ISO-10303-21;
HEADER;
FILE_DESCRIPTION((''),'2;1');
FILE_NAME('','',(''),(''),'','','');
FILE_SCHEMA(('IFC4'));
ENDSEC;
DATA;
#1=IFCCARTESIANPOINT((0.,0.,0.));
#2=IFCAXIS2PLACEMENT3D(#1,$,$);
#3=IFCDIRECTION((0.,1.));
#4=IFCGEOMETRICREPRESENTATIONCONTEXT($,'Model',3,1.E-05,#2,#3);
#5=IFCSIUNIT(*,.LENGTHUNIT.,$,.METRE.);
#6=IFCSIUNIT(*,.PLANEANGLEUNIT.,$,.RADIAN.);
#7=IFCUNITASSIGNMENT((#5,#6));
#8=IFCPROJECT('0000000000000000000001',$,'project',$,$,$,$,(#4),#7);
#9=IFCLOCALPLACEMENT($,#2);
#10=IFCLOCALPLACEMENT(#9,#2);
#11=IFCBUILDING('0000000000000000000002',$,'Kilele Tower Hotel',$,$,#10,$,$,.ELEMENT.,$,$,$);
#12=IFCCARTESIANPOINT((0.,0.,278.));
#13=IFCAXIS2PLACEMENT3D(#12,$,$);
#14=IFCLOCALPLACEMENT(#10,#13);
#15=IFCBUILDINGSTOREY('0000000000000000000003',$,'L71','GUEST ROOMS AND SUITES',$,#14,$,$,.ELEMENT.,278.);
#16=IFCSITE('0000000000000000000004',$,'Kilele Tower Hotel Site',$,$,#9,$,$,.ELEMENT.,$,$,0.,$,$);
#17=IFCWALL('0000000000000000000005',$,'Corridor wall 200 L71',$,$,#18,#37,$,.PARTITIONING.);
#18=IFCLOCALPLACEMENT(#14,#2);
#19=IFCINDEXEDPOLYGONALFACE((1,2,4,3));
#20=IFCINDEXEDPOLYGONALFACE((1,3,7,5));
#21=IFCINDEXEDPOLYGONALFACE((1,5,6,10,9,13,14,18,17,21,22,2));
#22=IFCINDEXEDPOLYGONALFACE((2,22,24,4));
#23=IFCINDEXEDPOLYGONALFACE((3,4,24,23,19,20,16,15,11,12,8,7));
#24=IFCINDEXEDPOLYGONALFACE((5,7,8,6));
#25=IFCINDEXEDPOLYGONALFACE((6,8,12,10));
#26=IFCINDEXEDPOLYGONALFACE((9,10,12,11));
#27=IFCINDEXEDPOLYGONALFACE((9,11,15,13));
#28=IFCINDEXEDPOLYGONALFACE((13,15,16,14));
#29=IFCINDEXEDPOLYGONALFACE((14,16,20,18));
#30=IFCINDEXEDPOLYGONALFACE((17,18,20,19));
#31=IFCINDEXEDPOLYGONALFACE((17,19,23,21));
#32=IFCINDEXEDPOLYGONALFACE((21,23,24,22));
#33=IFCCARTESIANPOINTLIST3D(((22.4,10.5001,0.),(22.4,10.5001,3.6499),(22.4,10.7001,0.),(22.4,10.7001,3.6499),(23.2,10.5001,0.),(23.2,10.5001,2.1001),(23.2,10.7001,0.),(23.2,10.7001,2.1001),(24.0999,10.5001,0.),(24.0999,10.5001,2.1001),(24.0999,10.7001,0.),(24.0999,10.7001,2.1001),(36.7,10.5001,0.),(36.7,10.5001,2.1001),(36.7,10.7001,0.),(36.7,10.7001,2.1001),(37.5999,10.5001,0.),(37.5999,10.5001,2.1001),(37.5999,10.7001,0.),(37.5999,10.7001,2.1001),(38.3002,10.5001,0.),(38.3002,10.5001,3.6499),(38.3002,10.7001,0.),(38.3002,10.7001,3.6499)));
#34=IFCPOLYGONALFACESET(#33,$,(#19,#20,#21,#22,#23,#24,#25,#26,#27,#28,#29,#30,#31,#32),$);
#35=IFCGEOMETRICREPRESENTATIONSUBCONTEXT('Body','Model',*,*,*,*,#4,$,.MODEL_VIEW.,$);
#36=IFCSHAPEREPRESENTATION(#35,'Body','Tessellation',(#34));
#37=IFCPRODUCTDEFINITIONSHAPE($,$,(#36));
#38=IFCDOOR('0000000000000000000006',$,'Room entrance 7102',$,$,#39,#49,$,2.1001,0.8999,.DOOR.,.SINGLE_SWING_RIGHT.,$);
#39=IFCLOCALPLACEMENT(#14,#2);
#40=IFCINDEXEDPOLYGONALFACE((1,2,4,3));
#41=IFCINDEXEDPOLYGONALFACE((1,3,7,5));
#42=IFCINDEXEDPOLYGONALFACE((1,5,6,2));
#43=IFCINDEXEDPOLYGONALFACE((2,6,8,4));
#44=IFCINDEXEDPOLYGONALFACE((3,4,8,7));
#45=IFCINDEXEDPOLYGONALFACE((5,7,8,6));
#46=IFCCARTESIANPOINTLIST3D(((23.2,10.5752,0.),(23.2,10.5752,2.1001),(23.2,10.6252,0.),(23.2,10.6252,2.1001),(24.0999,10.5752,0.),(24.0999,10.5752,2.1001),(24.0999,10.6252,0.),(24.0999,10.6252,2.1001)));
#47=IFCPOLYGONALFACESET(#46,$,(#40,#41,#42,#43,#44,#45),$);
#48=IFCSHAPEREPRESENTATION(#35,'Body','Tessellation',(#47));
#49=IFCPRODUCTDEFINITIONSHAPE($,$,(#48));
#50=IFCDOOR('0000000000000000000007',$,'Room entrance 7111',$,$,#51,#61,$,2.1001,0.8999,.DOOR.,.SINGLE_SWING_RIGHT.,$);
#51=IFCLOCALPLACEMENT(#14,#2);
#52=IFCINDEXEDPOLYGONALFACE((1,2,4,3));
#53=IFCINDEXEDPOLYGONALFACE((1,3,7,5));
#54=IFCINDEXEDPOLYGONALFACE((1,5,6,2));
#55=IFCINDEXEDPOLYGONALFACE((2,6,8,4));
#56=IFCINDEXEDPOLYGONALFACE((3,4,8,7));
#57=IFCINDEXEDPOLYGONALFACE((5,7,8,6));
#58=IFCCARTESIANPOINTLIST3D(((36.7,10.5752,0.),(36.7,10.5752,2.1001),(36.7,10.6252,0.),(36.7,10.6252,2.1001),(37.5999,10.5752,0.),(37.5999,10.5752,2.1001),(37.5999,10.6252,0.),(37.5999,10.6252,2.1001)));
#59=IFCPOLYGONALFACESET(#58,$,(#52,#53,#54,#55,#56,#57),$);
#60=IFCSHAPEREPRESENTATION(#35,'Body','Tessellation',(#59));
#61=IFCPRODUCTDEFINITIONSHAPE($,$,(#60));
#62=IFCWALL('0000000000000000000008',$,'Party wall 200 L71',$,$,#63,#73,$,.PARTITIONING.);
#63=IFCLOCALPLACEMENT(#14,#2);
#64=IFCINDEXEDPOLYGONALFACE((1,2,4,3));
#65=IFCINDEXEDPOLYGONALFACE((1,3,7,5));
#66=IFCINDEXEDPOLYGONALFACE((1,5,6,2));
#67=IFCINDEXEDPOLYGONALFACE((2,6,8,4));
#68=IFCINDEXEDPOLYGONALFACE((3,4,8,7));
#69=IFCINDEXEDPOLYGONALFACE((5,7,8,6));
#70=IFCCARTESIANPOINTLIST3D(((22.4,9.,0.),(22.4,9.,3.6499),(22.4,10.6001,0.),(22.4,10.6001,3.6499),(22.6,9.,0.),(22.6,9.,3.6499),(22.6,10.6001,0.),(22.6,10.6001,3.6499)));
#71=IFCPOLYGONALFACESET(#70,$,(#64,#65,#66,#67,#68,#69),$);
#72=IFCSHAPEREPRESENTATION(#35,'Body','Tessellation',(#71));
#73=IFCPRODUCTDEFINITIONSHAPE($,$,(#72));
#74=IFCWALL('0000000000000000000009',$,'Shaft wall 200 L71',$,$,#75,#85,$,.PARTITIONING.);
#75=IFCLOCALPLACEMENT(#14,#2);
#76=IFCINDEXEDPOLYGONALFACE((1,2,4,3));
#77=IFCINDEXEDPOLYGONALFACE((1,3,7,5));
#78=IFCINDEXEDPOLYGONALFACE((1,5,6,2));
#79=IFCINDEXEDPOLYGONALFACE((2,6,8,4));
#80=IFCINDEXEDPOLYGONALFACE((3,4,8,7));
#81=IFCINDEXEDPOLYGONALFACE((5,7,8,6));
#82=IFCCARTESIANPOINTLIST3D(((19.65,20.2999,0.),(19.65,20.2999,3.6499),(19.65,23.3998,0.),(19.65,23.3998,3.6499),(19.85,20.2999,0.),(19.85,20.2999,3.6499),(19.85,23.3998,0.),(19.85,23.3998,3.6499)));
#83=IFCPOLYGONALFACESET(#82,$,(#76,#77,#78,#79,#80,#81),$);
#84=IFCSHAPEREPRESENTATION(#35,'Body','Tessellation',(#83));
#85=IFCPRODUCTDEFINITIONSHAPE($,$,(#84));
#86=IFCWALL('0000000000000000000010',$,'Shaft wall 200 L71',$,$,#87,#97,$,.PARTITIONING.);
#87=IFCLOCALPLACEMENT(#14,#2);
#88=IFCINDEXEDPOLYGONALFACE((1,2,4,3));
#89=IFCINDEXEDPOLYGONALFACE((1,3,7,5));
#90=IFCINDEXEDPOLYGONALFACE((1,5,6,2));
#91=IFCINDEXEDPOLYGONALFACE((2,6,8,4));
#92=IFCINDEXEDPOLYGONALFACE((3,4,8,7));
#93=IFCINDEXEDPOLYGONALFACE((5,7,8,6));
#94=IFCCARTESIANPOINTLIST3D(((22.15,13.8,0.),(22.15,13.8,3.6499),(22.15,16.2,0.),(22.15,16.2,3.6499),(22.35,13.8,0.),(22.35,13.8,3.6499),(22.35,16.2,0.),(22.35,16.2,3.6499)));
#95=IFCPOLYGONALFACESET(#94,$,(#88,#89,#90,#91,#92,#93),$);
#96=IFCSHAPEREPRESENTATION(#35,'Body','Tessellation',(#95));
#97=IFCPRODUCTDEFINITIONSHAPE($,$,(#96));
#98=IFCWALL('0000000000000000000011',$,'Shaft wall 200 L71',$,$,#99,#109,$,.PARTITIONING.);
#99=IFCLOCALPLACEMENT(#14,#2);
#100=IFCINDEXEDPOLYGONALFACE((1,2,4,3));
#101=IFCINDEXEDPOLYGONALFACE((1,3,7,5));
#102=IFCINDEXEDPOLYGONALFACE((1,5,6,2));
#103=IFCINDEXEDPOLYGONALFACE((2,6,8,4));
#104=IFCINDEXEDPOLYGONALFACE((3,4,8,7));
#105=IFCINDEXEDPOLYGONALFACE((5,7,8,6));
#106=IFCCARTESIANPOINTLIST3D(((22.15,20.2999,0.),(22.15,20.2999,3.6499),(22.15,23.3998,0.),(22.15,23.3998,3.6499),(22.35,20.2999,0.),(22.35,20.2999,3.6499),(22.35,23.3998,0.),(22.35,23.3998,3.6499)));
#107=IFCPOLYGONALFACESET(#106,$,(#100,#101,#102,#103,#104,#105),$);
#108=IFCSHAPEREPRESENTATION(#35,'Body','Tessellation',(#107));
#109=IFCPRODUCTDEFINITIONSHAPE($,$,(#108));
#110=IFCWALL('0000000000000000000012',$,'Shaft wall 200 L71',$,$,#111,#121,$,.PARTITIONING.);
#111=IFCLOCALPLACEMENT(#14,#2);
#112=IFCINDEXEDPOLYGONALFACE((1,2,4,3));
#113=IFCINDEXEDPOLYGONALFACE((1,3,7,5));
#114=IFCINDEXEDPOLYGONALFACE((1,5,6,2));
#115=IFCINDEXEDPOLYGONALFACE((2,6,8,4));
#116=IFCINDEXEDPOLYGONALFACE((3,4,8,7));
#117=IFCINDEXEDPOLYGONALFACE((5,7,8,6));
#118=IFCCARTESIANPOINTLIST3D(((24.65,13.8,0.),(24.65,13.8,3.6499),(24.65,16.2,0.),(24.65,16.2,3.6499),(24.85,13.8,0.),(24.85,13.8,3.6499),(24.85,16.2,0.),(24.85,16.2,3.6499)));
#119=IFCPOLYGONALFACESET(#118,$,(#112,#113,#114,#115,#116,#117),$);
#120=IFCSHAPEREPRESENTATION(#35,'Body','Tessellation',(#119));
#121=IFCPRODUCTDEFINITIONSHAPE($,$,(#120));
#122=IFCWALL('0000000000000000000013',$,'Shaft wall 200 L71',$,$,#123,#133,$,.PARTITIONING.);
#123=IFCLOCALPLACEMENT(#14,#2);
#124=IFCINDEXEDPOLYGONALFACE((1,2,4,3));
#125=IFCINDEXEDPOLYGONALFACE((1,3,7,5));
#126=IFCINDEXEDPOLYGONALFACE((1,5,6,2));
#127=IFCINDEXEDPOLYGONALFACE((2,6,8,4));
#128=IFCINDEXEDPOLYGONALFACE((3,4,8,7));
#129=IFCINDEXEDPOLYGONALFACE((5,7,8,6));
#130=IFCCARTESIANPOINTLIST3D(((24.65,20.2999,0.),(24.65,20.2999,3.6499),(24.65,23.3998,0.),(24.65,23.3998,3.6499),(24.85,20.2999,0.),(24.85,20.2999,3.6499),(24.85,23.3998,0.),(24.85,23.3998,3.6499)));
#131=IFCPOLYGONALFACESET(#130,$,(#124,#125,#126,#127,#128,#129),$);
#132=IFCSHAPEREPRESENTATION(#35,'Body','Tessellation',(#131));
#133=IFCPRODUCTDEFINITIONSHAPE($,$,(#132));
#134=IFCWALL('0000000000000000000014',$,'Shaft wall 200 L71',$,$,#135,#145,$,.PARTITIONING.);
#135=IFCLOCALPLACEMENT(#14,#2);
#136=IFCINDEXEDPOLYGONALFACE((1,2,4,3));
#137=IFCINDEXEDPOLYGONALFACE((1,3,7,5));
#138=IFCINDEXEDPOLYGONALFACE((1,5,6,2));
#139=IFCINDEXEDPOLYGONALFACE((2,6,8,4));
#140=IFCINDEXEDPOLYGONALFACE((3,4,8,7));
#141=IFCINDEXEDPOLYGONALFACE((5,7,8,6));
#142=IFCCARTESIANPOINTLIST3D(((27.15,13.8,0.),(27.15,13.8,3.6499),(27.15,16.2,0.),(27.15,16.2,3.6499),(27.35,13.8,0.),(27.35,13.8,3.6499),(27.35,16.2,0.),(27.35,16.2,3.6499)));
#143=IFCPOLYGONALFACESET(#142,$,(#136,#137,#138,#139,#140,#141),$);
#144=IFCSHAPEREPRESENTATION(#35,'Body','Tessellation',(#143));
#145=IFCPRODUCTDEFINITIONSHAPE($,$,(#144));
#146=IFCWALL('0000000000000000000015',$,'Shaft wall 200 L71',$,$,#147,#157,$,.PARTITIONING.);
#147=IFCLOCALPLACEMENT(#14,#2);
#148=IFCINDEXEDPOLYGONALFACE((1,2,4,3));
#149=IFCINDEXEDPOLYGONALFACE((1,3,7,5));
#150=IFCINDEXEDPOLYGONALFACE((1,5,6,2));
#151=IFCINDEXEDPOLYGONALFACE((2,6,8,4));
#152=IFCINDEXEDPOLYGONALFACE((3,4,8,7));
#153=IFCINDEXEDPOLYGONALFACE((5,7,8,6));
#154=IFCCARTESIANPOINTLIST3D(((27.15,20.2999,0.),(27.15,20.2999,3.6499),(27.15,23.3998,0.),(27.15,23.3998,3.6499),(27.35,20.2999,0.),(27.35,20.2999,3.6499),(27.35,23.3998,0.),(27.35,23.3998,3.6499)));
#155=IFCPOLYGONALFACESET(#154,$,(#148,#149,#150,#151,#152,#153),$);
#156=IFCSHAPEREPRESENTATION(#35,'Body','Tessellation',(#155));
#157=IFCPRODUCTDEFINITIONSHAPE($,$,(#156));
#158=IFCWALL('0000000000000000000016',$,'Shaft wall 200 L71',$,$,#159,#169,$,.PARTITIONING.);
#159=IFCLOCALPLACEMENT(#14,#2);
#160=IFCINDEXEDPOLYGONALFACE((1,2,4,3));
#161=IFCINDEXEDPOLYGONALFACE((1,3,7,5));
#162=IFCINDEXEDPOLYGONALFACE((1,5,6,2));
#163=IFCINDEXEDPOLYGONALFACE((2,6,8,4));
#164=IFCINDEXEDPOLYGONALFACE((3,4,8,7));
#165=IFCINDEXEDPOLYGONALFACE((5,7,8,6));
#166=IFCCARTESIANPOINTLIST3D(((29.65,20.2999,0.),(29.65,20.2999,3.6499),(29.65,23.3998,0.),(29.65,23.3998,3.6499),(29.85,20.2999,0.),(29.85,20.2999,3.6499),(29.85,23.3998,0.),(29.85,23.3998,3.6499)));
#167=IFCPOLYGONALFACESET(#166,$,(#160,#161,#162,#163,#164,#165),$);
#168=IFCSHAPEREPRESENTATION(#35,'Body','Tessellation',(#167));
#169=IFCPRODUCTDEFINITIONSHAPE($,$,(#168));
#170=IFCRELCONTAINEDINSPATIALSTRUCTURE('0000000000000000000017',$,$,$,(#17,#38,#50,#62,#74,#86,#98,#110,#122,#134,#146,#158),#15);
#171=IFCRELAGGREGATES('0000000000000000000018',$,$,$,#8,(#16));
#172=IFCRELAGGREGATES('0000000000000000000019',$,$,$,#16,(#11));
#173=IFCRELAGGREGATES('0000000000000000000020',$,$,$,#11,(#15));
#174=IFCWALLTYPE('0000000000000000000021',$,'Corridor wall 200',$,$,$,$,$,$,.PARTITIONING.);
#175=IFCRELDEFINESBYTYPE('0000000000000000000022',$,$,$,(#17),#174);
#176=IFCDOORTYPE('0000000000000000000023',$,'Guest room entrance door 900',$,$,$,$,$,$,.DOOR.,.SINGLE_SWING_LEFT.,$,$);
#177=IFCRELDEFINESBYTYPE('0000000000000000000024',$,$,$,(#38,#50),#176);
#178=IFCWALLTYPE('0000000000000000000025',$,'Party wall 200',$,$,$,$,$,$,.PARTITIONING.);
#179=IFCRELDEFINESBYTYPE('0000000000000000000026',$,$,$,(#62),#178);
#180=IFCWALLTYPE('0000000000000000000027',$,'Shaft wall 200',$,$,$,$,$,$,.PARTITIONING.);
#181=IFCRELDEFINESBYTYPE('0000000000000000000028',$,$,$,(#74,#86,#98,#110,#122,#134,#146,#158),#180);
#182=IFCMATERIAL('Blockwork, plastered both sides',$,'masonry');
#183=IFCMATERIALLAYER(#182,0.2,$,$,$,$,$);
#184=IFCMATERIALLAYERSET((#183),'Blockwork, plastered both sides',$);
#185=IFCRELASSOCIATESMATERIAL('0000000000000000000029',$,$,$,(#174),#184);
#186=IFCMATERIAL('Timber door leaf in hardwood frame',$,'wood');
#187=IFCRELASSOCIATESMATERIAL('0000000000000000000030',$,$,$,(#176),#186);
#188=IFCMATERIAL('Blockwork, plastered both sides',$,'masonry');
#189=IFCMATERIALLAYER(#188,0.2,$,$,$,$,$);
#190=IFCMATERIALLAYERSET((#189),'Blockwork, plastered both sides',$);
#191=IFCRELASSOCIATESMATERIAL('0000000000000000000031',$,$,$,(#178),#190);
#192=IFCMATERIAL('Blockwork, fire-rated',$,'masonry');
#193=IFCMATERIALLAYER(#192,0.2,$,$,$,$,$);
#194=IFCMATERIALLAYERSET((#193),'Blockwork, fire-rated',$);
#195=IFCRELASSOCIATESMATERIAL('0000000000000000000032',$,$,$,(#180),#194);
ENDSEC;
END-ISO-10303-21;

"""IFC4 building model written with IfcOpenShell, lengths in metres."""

from ifc_helpers import new_model, si_unit, direction, frame, frame_2d, origin, place, context, subcontext, project, spatial, rectangle, extrude, material, layer, layer_set, type_object, element, fill, save


model = new_model("IFC4")

# Units and contexts
model_context = context("Model", 3, precision=1e-05, world=origin(), true_north=direction((0.0, 1.0)))
body_context = subcontext(model_context, "Body", "Model", "MODEL_VIEW")
ifc_project = project(units=[si_unit("LENGTHUNIT", "METRE"), si_unit("PLANEANGLEUNIT", "RADIAN")], contexts=[model_context])

# Site, building, storey
site_placement = place(None, origin())
site = spatial("IfcSite", under=ifc_project, at=site_placement, Name="Kilele Tower Hotel Site", CompositionType="ELEMENT", RefElevation=0.0)
building_placement = place(site_placement, origin())
building = spatial("IfcBuilding", under=site, at=building_placement, Name="Kilele Tower Hotel", CompositionType="ELEMENT")
storey_placement = place(building_placement, frame((0.0, 0.0, 278.0)))
storey = spatial("IfcBuildingStorey", under=building, at=storey_placement, Name="L71", Description="GUEST ROOMS AND SUITES", CompositionType="ELEMENT", Elevation=278.0)

# Wall, openings, doors
ifc_material_1 = material(Name="Blockwork, plastered both sides", Category="masonry")
ifc_layer_1 = layer(ifc_material_1, 0.2)
ifc_layer_set_1 = layer_set([ifc_layer_1], Name="Blockwork, plastered both sides")
wall_type_1 = type_object("IfcWallType", Name="Corridor wall 200", PredefinedType="PARTITIONING", material=ifc_layer_set_1)
wall_1_placement = place(storey_placement, frame((22.3999, 10.6001, 0.0), z_axis=(0.0, 0.0, 1.0), x_axis=(1.0, 0.0, 0.0)))
wall_1 = element("IfcWall", 1, at=wall_1_placement, inside=storey, type_object=wall_type_1, Name="Corridor wall 200 L71", PredefinedType="PARTITIONING", context=body_context, shape_type="SweptSolid", body=[
    extrude(rectangle(XDim=15.9001, YDim=0.2, at=frame_2d((7.9502, 0.0))), origin(), (0.0, 0.0, 1.0), 3.6499),
])
opening_1_placement = place(wall_1_placement, frame((1.7, 0.0, 0.0), z_axis=(0.0, 0.0, 1.0), x_axis=(-1.0, 0.0, 0.0)))
opening_1 = element("IfcOpeningElement", 2, at=opening_1_placement, cuts=wall_1, PredefinedType="OPENING", context=body_context, shape_type="SweptSolid", body=[
    extrude(rectangle(XDim=0.8999, YDim=2.1001, at=frame_2d((0.45, 1.05))), frame((0.0, 0.1099, 0.0), z_axis=(0.0, -1.0, 0.0), x_axis=(1.0, 0.0, 0.0)), (0.0, 0.0, 1.0), 0.22),
])
opening_2_placement = place(wall_1_placement, frame((15.2, 0.0, 0.0), z_axis=(0.0, 0.0, 1.0), x_axis=(-1.0, 0.0, 0.0)))
opening_2 = element("IfcOpeningElement", 3, at=opening_2_placement, cuts=wall_1, PredefinedType="OPENING", context=body_context, shape_type="SweptSolid", body=[
    extrude(rectangle(XDim=0.8999, YDim=2.1001, at=frame_2d((0.45, 1.05))), frame((0.0, 0.1099, 0.0), z_axis=(0.0, -1.0, 0.0), x_axis=(1.0, 0.0, 0.0)), (0.0, 0.0, 1.0), 0.22),
])
ifc_material_2 = material(Name="Timber door leaf in hardwood frame", Category="wood")
door_type_1 = type_object("IfcDoorType", Name="Guest room entrance door 900", OperationType="SINGLE_SWING_LEFT", PredefinedType="DOOR", material=ifc_material_2)
door_1_placement = place(opening_1_placement, origin())
door_1 = element("IfcDoor", 4, at=door_1_placement, inside=storey, type_object=door_type_1, Name="Room entrance 7102", OperationType="SINGLE_SWING_RIGHT", OverallHeight=2.1001, OverallWidth=0.8999, PredefinedType="DOOR", context=body_context, shape_type="SweptSolid", body=[
    extrude(rectangle(XDim=0.8999, YDim=2.1001, at=frame_2d((0.45, 1.05))), frame((0.0, 0.0249, 0.0), z_axis=(0.0, -1.0, 0.0), x_axis=(1.0, 0.0, 0.0)), (0.0, 0.0, 1.0), 0.05),
])
fill(opening_1, door_1)
door_2_placement = place(opening_2_placement, origin())
door_2 = element("IfcDoor", 5, at=door_2_placement, inside=storey, type_object=door_type_1, Name="Room entrance 7111", OperationType="SINGLE_SWING_RIGHT", OverallHeight=2.1001, OverallWidth=0.8999, PredefinedType="DOOR", context=body_context, shape_type="SweptSolid", body=[
    extrude(rectangle(XDim=0.8999, YDim=2.1001, at=frame_2d((0.45, 1.05))), frame((0.0, 0.0249, 0.0), z_axis=(0.0, -1.0, 0.0), x_axis=(1.0, 0.0, 0.0)), (0.0, 0.0, 1.0), 0.05),
])
fill(opening_2, door_2)

# Walls
ifc_material_3 = material(Name="Blockwork, plastered both sides", Category="masonry")
ifc_layer_2 = layer(ifc_material_3, 0.2)
ifc_layer_set_2 = layer_set([ifc_layer_2], Name="Blockwork, plastered both sides")
wall_type_2 = type_object("IfcWallType", Name="Party wall 200", PredefinedType="PARTITIONING", material=ifc_layer_set_2)
wall_2_placement = place(storey_placement, frame((22.5, 10.6001, 0.0), z_axis=(0.0, 0.0, 1.0), x_axis=(0.0, -1.0, 0.0)))
element("IfcWall", 6, at=wall_2_placement, inside=storey, type_object=wall_type_2, Name="Party wall 200 L71", PredefinedType="PARTITIONING", context=body_context, shape_type="SweptSolid", body=[
    extrude(rectangle(XDim=1.6001, YDim=0.2, at=frame_2d((0.8, 0.0))), origin(), (0.0, 0.0, 1.0), 3.6499),
])
ifc_material_4 = material(Name="Blockwork, fire-rated", Category="masonry")
ifc_layer_3 = layer(ifc_material_4, 0.2)
ifc_layer_set_3 = layer_set([ifc_layer_3], Name="Blockwork, fire-rated")
wall_type_3 = type_object("IfcWallType", Name="Shaft wall 200", PredefinedType="PARTITIONING", material=ifc_layer_set_3)
wall_3_placement = place(storey_placement, frame((19.75, 20.3, 0.0), z_axis=(0.0, 0.0, 1.0), x_axis=(0.0, 1.0, 0.0)))
element("IfcWall", 7, at=wall_3_placement, inside=storey, type_object=wall_type_3, Name="Shaft wall 200 L71", PredefinedType="PARTITIONING", context=body_context, shape_type="SweptSolid", body=[
    extrude(rectangle(XDim=3.0999, YDim=0.2, at=frame_2d((1.5498, 0.0))), origin(), (0.0, 0.0, 1.0), 3.6499),
])
wall_4_placement = place(storey_placement, frame((22.25, 13.8, 0.0), z_axis=(0.0, 0.0, 1.0), x_axis=(0.0, 1.0, 0.0)))
element("IfcWall", 8, at=wall_4_placement, inside=storey, type_object=wall_type_3, Name="Shaft wall 200 L71", PredefinedType="PARTITIONING", context=body_context, shape_type="SweptSolid", body=[
    extrude(rectangle(XDim=2.3999, YDim=0.2, at=frame_2d((1.2, 0.0))), origin(), (0.0, 0.0, 1.0), 3.6499),
])
wall_5_placement = place(storey_placement, frame((22.25, 20.3, 0.0), z_axis=(0.0, 0.0, 1.0), x_axis=(0.0, 1.0, 0.0)))
element("IfcWall", 9, at=wall_5_placement, inside=storey, type_object=wall_type_3, Name="Shaft wall 200 L71", PredefinedType="PARTITIONING", context=body_context, shape_type="SweptSolid", body=[
    extrude(rectangle(XDim=3.0999, YDim=0.2, at=frame_2d((1.5498, 0.0))), origin(), (0.0, 0.0, 1.0), 3.6499),
])
wall_6_placement = place(storey_placement, frame((24.75, 13.8, 0.0), z_axis=(0.0, 0.0, 1.0), x_axis=(0.0, 1.0, 0.0)))
element("IfcWall", 10, at=wall_6_placement, inside=storey, type_object=wall_type_3, Name="Shaft wall 200 L71", PredefinedType="PARTITIONING", context=body_context, shape_type="SweptSolid", body=[
    extrude(rectangle(XDim=2.3999, YDim=0.2, at=frame_2d((1.2, 0.0))), origin(), (0.0, 0.0, 1.0), 3.6499),
])
wall_7_placement = place(storey_placement, frame((24.75, 20.3, 0.0), z_axis=(0.0, 0.0, 1.0), x_axis=(0.0, 1.0, 0.0)))
element("IfcWall", 11, at=wall_7_placement, inside=storey, type_object=wall_type_3, Name="Shaft wall 200 L71", PredefinedType="PARTITIONING", context=body_context, shape_type="SweptSolid", body=[
    extrude(rectangle(XDim=3.0999, YDim=0.2, at=frame_2d((1.5498, 0.0))), origin(), (0.0, 0.0, 1.0), 3.6499),
])
wall_8_placement = place(storey_placement, frame((27.25, 13.8, 0.0), z_axis=(0.0, 0.0, 1.0), x_axis=(0.0, 1.0, 0.0)))
element("IfcWall", 12, at=wall_8_placement, inside=storey, type_object=wall_type_3, Name="Shaft wall 200 L71", PredefinedType="PARTITIONING", context=body_context, shape_type="SweptSolid", body=[
    extrude(rectangle(XDim=2.3999, YDim=0.2, at=frame_2d((1.2, 0.0))), origin(), (0.0, 0.0, 1.0), 3.6499),
])
for number, where, z_axis, x_axis, name in (
    (13, (27.25, 20.3, 0.0), (0.0, 0.0, 1.0), (0.0, 1.0, 0.0), "Shaft wall 200 L71"),
    (14, (29.75, 20.3, 0.0), (0.0, 0.0, 1.0), (0.0, 1.0, 0.0), "Shaft wall 200 L71"),
):
    element("IfcWall", number, at=place(storey_placement, frame(where, z_axis=z_axis, x_axis=x_axis)), inside=storey, type_object=wall_type_3, Name=name, PredefinedType="PARTITIONING", context=body_context, shape_type="SweptSolid", body=[
        extrude(rectangle(XDim=3.0999, YDim=0.2, at=frame_2d((1.5498, 0.0))), origin(), (0.0, 0.0, 1.0), 3.6499),
    ])

save(model, "model.ifc")
